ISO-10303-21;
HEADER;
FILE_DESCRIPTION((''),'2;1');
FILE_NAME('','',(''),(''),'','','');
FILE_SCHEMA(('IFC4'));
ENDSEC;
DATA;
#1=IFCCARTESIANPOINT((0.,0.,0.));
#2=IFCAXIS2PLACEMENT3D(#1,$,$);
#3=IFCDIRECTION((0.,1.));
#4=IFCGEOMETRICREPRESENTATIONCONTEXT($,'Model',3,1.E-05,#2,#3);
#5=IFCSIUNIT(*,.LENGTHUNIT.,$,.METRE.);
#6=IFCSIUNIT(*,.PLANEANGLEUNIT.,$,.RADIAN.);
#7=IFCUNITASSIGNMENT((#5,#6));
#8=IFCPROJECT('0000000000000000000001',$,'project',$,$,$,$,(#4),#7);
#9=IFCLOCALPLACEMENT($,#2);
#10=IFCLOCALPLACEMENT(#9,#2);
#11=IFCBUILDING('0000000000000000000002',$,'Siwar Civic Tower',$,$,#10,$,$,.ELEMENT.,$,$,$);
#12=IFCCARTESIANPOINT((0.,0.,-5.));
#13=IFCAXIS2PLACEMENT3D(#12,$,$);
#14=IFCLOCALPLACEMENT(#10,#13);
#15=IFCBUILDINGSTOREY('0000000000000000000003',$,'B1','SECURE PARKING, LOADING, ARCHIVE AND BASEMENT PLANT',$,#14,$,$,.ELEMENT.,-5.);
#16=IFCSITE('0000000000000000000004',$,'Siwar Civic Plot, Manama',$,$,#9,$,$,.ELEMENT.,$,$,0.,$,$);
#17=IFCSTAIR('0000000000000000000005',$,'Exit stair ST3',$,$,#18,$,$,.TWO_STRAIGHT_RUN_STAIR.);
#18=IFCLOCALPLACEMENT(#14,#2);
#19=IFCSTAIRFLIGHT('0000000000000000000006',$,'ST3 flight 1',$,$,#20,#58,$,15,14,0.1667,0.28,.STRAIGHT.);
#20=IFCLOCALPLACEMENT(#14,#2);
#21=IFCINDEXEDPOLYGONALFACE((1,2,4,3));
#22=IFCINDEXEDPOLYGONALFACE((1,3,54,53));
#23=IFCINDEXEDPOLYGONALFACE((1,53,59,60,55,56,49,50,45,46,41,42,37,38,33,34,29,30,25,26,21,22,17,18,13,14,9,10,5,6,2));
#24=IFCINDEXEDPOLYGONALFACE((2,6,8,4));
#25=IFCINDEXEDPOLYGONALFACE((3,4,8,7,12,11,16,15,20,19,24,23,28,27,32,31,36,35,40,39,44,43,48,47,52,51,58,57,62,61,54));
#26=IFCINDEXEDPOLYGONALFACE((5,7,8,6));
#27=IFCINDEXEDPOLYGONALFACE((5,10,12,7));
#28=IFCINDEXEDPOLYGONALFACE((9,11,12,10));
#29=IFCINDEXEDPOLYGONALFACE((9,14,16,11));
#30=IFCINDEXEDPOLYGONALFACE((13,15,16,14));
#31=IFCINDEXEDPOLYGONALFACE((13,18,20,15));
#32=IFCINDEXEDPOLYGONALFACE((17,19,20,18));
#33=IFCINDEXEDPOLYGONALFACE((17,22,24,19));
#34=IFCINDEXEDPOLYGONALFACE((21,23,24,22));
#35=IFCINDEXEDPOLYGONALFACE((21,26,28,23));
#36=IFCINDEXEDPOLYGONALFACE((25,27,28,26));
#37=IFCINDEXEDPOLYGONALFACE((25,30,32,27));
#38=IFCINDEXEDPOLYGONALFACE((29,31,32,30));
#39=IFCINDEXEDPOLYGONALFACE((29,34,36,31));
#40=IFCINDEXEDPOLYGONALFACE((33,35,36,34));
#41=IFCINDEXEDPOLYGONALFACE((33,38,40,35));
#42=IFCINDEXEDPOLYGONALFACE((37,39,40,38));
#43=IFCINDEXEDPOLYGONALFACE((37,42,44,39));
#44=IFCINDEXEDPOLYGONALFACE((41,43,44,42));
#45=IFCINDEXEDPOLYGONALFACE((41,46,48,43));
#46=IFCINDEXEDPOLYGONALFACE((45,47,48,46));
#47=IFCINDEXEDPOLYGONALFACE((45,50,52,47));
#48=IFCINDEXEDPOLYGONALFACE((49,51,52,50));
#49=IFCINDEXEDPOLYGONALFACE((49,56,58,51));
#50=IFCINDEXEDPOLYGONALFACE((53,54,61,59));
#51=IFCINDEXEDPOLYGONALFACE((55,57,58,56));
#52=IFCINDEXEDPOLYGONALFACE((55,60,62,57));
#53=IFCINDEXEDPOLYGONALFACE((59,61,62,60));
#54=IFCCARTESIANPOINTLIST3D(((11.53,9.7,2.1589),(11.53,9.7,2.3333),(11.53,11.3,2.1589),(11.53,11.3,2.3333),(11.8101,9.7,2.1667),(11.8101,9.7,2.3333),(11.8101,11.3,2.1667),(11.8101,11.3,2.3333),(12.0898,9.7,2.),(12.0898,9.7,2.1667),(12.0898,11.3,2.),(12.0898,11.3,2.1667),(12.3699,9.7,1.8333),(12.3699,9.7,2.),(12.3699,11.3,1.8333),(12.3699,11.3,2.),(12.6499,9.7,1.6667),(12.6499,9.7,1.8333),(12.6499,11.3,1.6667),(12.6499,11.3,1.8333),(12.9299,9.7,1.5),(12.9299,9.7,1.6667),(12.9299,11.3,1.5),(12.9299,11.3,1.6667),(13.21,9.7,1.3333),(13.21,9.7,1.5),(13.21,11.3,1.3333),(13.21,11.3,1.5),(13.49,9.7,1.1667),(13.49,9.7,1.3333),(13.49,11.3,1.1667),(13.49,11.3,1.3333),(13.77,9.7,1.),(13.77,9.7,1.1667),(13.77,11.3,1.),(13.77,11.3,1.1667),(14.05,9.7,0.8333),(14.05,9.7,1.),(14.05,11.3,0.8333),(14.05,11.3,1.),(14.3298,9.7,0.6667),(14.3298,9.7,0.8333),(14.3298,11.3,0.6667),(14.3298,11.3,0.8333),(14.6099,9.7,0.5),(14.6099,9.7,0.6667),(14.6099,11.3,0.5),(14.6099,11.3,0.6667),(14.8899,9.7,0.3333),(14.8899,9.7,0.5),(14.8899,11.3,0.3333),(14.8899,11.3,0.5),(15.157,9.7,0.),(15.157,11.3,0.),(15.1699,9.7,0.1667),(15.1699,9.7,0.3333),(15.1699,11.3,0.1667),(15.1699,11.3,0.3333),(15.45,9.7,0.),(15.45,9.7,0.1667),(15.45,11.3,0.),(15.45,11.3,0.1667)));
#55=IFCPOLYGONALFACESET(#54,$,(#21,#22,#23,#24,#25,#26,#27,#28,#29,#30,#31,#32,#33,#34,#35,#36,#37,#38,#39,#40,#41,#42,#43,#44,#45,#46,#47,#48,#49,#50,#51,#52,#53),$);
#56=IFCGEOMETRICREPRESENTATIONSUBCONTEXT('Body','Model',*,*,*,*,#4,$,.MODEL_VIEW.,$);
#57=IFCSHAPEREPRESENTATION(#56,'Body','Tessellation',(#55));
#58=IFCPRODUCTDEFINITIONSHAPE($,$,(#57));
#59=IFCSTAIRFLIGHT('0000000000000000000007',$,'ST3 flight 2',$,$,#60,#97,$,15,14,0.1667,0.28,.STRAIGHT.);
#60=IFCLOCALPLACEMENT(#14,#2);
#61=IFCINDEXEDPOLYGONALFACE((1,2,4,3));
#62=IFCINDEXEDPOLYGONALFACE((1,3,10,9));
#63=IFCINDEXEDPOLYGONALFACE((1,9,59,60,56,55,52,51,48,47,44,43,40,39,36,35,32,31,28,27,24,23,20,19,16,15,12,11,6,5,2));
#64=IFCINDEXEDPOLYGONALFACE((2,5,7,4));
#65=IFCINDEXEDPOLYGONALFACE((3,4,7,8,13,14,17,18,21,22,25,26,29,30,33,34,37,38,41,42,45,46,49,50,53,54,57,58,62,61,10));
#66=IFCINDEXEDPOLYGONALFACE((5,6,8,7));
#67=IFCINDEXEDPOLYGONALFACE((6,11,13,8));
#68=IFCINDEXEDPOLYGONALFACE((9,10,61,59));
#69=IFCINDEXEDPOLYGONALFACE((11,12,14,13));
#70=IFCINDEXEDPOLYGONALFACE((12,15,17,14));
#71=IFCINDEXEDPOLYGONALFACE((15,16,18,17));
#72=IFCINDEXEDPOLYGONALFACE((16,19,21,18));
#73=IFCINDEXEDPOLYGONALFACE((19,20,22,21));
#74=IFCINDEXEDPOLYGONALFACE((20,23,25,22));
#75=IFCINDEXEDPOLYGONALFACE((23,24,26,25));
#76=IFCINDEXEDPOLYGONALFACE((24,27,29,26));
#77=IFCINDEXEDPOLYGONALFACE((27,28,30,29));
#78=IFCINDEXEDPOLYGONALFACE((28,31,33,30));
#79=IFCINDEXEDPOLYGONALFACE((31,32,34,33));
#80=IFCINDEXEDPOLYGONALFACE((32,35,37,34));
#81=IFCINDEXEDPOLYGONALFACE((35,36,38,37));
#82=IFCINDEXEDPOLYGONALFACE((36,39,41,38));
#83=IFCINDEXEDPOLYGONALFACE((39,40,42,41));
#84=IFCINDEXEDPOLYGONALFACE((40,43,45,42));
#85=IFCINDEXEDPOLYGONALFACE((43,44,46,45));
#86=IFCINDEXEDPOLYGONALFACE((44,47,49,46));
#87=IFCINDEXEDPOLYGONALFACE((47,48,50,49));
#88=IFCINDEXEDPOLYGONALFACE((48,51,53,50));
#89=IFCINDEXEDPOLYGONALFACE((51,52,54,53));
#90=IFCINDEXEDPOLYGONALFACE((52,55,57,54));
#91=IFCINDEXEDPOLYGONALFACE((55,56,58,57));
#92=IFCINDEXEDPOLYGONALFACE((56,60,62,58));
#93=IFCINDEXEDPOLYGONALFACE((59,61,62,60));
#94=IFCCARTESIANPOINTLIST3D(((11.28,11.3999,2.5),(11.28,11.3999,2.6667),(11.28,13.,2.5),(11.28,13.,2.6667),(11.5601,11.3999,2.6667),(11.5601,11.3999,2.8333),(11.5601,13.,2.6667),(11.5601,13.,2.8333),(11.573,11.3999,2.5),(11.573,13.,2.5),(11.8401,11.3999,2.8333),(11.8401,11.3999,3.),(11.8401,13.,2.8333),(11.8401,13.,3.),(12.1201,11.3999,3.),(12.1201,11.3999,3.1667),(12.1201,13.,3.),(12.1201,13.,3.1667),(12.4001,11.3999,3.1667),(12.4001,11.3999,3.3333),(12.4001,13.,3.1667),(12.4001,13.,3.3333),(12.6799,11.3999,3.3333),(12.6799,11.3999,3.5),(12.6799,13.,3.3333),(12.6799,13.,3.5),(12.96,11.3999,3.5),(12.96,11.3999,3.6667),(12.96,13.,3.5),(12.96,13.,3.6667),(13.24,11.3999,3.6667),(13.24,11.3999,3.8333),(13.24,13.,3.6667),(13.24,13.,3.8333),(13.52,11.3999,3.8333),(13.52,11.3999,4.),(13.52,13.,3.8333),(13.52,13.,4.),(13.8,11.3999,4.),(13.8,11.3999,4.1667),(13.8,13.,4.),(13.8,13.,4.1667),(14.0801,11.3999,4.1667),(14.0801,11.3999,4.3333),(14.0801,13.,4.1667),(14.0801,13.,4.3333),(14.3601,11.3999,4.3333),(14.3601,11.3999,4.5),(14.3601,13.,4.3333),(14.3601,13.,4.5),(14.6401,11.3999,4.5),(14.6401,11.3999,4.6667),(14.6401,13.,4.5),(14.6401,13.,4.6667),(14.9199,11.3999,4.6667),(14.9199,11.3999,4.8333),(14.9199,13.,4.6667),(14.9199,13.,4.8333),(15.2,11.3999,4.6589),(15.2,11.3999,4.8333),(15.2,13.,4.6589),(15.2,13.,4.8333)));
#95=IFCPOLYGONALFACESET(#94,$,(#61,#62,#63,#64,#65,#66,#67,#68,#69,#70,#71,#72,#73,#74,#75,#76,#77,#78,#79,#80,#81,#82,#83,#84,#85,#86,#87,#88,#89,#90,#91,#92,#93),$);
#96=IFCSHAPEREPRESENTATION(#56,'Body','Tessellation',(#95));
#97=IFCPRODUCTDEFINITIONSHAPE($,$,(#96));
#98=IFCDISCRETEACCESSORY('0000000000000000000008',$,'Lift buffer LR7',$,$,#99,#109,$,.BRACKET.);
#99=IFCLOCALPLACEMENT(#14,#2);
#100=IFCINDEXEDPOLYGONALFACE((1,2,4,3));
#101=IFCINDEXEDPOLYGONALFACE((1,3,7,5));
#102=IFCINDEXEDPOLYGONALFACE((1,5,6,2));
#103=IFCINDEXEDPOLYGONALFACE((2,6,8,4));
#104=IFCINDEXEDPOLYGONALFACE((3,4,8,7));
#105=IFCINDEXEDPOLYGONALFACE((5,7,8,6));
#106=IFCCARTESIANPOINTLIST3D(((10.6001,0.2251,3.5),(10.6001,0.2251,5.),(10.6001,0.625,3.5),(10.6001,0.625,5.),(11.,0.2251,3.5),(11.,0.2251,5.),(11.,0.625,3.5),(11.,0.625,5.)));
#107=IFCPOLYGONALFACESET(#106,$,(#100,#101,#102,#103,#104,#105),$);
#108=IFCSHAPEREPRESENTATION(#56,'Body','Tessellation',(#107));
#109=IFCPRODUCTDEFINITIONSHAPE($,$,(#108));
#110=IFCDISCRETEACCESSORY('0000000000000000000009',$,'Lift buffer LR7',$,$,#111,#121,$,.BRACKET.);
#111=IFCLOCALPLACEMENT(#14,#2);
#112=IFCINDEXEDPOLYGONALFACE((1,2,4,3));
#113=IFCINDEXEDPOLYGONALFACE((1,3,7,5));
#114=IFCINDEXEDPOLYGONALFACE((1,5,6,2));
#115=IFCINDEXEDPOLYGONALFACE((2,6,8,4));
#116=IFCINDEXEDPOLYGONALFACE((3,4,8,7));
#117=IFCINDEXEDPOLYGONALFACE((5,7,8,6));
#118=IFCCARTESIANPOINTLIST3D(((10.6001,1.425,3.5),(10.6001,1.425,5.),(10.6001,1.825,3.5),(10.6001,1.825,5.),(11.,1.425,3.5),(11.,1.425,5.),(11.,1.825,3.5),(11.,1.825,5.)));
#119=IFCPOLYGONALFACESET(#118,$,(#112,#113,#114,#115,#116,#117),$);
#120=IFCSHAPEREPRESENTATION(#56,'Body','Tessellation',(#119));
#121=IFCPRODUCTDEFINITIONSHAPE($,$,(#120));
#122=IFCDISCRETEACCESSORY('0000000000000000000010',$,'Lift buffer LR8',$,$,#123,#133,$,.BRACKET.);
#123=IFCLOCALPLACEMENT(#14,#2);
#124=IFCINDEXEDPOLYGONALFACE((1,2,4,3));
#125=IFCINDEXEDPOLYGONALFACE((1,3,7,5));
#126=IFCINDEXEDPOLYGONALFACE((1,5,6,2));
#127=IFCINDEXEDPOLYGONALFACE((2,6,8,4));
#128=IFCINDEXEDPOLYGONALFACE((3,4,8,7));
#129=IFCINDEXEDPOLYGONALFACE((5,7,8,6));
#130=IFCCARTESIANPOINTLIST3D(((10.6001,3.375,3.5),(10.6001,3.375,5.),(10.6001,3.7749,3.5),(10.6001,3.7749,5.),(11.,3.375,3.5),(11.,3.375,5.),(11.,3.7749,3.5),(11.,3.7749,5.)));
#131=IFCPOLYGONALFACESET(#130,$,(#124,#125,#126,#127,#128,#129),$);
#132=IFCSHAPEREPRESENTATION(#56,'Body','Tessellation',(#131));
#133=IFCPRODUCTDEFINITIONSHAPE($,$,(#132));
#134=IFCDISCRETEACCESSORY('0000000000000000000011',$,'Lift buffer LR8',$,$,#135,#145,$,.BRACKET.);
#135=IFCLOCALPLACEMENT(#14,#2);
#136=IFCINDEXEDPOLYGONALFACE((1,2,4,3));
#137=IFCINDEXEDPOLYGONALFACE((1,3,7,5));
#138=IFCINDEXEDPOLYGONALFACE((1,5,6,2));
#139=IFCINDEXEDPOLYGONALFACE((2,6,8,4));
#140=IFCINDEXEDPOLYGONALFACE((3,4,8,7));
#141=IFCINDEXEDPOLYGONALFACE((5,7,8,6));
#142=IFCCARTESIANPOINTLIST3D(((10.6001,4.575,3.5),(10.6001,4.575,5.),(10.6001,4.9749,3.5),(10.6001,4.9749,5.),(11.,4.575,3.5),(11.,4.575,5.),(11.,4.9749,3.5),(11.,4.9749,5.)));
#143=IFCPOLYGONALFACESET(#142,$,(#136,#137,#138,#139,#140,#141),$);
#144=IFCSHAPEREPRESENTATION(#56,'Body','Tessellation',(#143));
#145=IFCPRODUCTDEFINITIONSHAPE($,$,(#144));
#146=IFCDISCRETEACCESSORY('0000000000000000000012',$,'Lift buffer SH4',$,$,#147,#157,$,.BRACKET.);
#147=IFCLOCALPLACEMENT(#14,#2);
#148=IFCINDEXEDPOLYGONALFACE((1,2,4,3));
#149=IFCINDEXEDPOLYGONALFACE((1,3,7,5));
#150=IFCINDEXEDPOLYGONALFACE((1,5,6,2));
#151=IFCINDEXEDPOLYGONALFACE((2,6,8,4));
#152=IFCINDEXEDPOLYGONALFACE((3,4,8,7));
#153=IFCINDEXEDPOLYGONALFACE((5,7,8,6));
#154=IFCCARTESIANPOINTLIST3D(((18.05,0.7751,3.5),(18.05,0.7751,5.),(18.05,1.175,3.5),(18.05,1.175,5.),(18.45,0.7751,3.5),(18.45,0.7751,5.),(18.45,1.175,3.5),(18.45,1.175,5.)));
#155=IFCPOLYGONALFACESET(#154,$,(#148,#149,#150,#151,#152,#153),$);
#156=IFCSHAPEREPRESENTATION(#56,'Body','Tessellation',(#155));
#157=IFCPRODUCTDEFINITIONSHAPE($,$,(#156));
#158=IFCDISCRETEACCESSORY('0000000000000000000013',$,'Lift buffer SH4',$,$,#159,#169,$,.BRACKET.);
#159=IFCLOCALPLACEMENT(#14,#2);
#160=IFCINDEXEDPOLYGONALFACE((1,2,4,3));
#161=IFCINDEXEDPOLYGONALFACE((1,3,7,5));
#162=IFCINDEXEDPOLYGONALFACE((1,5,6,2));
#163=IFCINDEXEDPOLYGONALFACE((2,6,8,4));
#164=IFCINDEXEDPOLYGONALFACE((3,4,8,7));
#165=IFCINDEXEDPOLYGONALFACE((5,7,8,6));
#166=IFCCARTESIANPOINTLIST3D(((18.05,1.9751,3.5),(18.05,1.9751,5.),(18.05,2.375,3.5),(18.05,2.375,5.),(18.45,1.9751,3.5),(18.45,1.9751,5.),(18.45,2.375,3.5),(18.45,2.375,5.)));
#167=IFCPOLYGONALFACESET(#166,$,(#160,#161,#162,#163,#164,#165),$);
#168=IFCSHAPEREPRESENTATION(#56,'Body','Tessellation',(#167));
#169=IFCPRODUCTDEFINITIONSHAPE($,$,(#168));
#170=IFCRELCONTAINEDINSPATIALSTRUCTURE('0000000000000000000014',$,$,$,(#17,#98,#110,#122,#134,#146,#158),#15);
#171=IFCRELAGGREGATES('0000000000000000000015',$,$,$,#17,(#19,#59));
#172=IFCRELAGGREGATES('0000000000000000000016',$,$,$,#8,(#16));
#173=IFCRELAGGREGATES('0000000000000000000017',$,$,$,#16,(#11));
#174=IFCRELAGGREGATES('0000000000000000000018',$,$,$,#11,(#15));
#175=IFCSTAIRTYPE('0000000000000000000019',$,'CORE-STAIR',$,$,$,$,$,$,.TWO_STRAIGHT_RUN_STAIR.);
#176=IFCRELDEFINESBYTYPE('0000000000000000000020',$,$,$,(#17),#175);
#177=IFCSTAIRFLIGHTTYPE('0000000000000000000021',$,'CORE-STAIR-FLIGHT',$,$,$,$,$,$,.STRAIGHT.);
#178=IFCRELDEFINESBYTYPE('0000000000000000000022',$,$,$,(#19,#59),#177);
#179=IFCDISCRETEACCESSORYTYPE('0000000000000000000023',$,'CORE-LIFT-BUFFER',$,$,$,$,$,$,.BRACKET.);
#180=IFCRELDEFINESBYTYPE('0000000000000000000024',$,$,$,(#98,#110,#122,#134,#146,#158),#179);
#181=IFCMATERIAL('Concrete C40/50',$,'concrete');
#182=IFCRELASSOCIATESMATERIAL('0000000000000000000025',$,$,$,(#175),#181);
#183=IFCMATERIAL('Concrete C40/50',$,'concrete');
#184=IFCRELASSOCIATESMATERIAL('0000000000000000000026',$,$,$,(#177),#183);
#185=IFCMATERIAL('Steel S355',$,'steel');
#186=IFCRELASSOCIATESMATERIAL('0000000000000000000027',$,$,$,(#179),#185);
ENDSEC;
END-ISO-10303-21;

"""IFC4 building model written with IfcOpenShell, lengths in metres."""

from ifc_helpers import new_model, si_unit, direction, frame, origin, origin_2d, place, context, subcontext, project, spatial, polyline, rectangle, outline, extrude, material, type_object, element, aggregate, save


model = new_model("IFC4")

# Units and contexts
model_context = context("Model", 3, precision=1e-05, world=origin(), true_north=direction((0.0, 1.0)))
body_context = subcontext(model_context, "Body", "Model", "MODEL_VIEW")
ifc_project = project(units=[si_unit("LENGTHUNIT", "METRE"), si_unit("PLANEANGLEUNIT", "RADIAN")], contexts=[model_context])

# Site, building, storey
site_placement = place(None, origin())
site = spatial("IfcSite", under=ifc_project, at=site_placement, Name="Siwar Civic Plot, Manama", CompositionType="ELEMENT", RefElevation=0.0)
building_placement = place(site_placement, origin())
building = spatial("IfcBuilding", under=site, at=building_placement, Name="Siwar Civic Tower", CompositionType="ELEMENT")
storey_placement = place(building_placement, frame((0.0, 0.0, -5.0)))
storey = spatial("IfcBuildingStorey", under=building, at=storey_placement, Name="B1", Description="SECURE PARKING, LOADING, ARCHIVE AND BASEMENT PLANT", CompositionType="ELEMENT", Elevation=-5.0)

# Stair, stair flights
ifc_material_1 = material(Name="Concrete C40/50", Category="concrete")
stair_type = type_object("IfcStairType", Name="CORE-STAIR", PredefinedType="TWO_STRAIGHT_RUN_STAIR", material=ifc_material_1)
stair_placement = place(storey_placement, origin())
stair = element("IfcStair", 1, at=stair_placement, inside=storey, type_object=stair_type, Name="Exit stair ST3", PredefinedType="TWO_STRAIGHT_RUN_STAIR")
ifc_material_2 = material(Name="Concrete C40/50", Category="concrete")
stair_flight_type = type_object("IfcStairFlightType", Name="CORE-STAIR-FLIGHT", PredefinedType="STRAIGHT", material=ifc_material_2)
stair_flight_1_placement = place(storey_placement, frame((15.45, 10.5, 0.0), z_axis=(0.0, 0.0, 1.0), x_axis=(-1.0, 0.0, 0.0)))
stair_flight_1 = element("IfcStairFlight", 2, at=stair_flight_1_placement, type_object=stair_flight_type, Name="ST3 flight 1", NumberOfRisers=15, NumberOfTreads=14, PredefinedType="STRAIGHT", RiserHeight=0.1667, TreadLength=0.28, context=body_context, shape_type="SweptSolid", body=[
    extrude(outline(polyline([(0.0, 0.0), (0.0, 0.1667), (0.28, 0.1667), (0.28, 0.3333), (0.5601, 0.3333), (0.5601, 0.5), (0.8401, 0.5), (0.8401, 0.6667), (1.1201, 0.6667), (1.1201, 0.8333), (1.3999, 0.8333), (1.3999, 1.0), (1.6799, 1.0), (1.6799, 1.1667), (1.96, 1.1667), (1.96, 1.3333), (2.24, 1.3333), (2.24, 1.5), (2.52, 1.5), (2.52, 1.6667), (2.8, 1.6667), (2.8, 1.8333), (3.0801, 1.8333), (3.0801, 2.0), (3.3601, 2.0), (3.3601, 2.1667), (3.6399, 2.1667), (3.6399, 2.3333), (3.9199, 2.3333), (3.9199, 2.5), (3.9199, 2.1589), (0.293, 0.0), (0.0, 0.0)])), frame((0.0, 0.8, 0.0), z_axis=(0.0, -1.0, 0.0), x_axis=(1.0, 0.0, 0.0)), (0.0, 0.0, 1.0), 1.6001),
])
stair_flight_2_placement = place(storey_placement, frame((11.28, 12.2, 2.5), z_axis=(0.0, 0.0, 1.0), x_axis=(1.0, 0.0, 0.0)))
stair_flight_2 = element("IfcStairFlight", 3, at=stair_flight_2_placement, type_object=stair_flight_type, Name="ST3 flight 2", NumberOfRisers=15, NumberOfTreads=14, PredefinedType="STRAIGHT", RiserHeight=0.1667, TreadLength=0.28, context=body_context, shape_type="SweptSolid", body=[
    extrude(outline(polyline([(0.0, 0.0), (0.0, 0.1667), (0.28, 0.1667), (0.28, 0.3333), (0.5601, 0.3333), (0.5601, 0.5), (0.8401, 0.5), (0.8401, 0.6667), (1.1201, 0.6667), (1.1201, 0.8333), (1.3999, 0.8333), (1.3999, 1.0), (1.6799, 1.0), (1.6799, 1.1667), (1.96, 1.1667), (1.96, 1.3333), (2.24, 1.3333), (2.24, 1.5), (2.52, 1.5), (2.52, 1.6667), (2.8, 1.6667), (2.8, 1.8333), (3.0801, 1.8333), (3.0801, 2.0), (3.3601, 2.0), (3.3601, 2.1667), (3.6399, 2.1667), (3.6399, 2.3333), (3.9199, 2.3333), (3.9199, 2.5), (3.9199, 2.1589), (0.293, 0.0), (0.0, 0.0)])), frame((0.0, 0.8, 0.0), z_axis=(0.0, -1.0, 0.0), x_axis=(1.0, 0.0, 0.0)), (0.0, 0.0, 1.0), 1.6001),
])
aggregate(stair, [stair_flight_1, stair_flight_2])

# Discrete accessories
ifc_material_3 = material(Name="Steel S355", Category="steel")
discrete_accessory_type = type_object("IfcDiscreteAccessoryType", Name="CORE-LIFT-BUFFER", PredefinedType="BRACKET", material=ifc_material_3)
for number, where, z_axis, x_axis, name in (
    (4, (10.8, 0.425, 3.5), (0.0, 0.0, 1.0), (1.0, 0.0, 0.0), "Lift buffer LR7"),
    (5, (10.8, 1.625, 3.5), (0.0, 0.0, 1.0), (1.0, 0.0, 0.0), "Lift buffer LR7"),
    (6, (10.8, 3.575, 3.5), (0.0, 0.0, 1.0), (1.0, 0.0, 0.0), "Lift buffer LR8"),
    (7, (10.8, 4.7749, 3.5), (0.0, 0.0, 1.0), (1.0, 0.0, 0.0), "Lift buffer LR8"),
    (8, (18.25, 0.9751, 3.5), (0.0, 0.0, 1.0), (1.0, 0.0, 0.0), "Lift buffer SH4"),
    (9, (18.25, 2.175, 3.5), (0.0, 0.0, 1.0), (1.0, 0.0, 0.0), "Lift buffer SH4"),
):
    element("IfcDiscreteAccessory", number, at=place(storey_placement, frame(where, z_axis=z_axis, x_axis=x_axis)), inside=storey, type_object=discrete_accessory_type, Name=name, PredefinedType="BRACKET", context=body_context, shape_type="SweptSolid", body=[
        extrude(rectangle(XDim=0.3999, YDim=0.3999, at=origin_2d()), origin(), (0.0, 0.0, 1.0), 1.5),
    ])

save(model, "model.ifc")
